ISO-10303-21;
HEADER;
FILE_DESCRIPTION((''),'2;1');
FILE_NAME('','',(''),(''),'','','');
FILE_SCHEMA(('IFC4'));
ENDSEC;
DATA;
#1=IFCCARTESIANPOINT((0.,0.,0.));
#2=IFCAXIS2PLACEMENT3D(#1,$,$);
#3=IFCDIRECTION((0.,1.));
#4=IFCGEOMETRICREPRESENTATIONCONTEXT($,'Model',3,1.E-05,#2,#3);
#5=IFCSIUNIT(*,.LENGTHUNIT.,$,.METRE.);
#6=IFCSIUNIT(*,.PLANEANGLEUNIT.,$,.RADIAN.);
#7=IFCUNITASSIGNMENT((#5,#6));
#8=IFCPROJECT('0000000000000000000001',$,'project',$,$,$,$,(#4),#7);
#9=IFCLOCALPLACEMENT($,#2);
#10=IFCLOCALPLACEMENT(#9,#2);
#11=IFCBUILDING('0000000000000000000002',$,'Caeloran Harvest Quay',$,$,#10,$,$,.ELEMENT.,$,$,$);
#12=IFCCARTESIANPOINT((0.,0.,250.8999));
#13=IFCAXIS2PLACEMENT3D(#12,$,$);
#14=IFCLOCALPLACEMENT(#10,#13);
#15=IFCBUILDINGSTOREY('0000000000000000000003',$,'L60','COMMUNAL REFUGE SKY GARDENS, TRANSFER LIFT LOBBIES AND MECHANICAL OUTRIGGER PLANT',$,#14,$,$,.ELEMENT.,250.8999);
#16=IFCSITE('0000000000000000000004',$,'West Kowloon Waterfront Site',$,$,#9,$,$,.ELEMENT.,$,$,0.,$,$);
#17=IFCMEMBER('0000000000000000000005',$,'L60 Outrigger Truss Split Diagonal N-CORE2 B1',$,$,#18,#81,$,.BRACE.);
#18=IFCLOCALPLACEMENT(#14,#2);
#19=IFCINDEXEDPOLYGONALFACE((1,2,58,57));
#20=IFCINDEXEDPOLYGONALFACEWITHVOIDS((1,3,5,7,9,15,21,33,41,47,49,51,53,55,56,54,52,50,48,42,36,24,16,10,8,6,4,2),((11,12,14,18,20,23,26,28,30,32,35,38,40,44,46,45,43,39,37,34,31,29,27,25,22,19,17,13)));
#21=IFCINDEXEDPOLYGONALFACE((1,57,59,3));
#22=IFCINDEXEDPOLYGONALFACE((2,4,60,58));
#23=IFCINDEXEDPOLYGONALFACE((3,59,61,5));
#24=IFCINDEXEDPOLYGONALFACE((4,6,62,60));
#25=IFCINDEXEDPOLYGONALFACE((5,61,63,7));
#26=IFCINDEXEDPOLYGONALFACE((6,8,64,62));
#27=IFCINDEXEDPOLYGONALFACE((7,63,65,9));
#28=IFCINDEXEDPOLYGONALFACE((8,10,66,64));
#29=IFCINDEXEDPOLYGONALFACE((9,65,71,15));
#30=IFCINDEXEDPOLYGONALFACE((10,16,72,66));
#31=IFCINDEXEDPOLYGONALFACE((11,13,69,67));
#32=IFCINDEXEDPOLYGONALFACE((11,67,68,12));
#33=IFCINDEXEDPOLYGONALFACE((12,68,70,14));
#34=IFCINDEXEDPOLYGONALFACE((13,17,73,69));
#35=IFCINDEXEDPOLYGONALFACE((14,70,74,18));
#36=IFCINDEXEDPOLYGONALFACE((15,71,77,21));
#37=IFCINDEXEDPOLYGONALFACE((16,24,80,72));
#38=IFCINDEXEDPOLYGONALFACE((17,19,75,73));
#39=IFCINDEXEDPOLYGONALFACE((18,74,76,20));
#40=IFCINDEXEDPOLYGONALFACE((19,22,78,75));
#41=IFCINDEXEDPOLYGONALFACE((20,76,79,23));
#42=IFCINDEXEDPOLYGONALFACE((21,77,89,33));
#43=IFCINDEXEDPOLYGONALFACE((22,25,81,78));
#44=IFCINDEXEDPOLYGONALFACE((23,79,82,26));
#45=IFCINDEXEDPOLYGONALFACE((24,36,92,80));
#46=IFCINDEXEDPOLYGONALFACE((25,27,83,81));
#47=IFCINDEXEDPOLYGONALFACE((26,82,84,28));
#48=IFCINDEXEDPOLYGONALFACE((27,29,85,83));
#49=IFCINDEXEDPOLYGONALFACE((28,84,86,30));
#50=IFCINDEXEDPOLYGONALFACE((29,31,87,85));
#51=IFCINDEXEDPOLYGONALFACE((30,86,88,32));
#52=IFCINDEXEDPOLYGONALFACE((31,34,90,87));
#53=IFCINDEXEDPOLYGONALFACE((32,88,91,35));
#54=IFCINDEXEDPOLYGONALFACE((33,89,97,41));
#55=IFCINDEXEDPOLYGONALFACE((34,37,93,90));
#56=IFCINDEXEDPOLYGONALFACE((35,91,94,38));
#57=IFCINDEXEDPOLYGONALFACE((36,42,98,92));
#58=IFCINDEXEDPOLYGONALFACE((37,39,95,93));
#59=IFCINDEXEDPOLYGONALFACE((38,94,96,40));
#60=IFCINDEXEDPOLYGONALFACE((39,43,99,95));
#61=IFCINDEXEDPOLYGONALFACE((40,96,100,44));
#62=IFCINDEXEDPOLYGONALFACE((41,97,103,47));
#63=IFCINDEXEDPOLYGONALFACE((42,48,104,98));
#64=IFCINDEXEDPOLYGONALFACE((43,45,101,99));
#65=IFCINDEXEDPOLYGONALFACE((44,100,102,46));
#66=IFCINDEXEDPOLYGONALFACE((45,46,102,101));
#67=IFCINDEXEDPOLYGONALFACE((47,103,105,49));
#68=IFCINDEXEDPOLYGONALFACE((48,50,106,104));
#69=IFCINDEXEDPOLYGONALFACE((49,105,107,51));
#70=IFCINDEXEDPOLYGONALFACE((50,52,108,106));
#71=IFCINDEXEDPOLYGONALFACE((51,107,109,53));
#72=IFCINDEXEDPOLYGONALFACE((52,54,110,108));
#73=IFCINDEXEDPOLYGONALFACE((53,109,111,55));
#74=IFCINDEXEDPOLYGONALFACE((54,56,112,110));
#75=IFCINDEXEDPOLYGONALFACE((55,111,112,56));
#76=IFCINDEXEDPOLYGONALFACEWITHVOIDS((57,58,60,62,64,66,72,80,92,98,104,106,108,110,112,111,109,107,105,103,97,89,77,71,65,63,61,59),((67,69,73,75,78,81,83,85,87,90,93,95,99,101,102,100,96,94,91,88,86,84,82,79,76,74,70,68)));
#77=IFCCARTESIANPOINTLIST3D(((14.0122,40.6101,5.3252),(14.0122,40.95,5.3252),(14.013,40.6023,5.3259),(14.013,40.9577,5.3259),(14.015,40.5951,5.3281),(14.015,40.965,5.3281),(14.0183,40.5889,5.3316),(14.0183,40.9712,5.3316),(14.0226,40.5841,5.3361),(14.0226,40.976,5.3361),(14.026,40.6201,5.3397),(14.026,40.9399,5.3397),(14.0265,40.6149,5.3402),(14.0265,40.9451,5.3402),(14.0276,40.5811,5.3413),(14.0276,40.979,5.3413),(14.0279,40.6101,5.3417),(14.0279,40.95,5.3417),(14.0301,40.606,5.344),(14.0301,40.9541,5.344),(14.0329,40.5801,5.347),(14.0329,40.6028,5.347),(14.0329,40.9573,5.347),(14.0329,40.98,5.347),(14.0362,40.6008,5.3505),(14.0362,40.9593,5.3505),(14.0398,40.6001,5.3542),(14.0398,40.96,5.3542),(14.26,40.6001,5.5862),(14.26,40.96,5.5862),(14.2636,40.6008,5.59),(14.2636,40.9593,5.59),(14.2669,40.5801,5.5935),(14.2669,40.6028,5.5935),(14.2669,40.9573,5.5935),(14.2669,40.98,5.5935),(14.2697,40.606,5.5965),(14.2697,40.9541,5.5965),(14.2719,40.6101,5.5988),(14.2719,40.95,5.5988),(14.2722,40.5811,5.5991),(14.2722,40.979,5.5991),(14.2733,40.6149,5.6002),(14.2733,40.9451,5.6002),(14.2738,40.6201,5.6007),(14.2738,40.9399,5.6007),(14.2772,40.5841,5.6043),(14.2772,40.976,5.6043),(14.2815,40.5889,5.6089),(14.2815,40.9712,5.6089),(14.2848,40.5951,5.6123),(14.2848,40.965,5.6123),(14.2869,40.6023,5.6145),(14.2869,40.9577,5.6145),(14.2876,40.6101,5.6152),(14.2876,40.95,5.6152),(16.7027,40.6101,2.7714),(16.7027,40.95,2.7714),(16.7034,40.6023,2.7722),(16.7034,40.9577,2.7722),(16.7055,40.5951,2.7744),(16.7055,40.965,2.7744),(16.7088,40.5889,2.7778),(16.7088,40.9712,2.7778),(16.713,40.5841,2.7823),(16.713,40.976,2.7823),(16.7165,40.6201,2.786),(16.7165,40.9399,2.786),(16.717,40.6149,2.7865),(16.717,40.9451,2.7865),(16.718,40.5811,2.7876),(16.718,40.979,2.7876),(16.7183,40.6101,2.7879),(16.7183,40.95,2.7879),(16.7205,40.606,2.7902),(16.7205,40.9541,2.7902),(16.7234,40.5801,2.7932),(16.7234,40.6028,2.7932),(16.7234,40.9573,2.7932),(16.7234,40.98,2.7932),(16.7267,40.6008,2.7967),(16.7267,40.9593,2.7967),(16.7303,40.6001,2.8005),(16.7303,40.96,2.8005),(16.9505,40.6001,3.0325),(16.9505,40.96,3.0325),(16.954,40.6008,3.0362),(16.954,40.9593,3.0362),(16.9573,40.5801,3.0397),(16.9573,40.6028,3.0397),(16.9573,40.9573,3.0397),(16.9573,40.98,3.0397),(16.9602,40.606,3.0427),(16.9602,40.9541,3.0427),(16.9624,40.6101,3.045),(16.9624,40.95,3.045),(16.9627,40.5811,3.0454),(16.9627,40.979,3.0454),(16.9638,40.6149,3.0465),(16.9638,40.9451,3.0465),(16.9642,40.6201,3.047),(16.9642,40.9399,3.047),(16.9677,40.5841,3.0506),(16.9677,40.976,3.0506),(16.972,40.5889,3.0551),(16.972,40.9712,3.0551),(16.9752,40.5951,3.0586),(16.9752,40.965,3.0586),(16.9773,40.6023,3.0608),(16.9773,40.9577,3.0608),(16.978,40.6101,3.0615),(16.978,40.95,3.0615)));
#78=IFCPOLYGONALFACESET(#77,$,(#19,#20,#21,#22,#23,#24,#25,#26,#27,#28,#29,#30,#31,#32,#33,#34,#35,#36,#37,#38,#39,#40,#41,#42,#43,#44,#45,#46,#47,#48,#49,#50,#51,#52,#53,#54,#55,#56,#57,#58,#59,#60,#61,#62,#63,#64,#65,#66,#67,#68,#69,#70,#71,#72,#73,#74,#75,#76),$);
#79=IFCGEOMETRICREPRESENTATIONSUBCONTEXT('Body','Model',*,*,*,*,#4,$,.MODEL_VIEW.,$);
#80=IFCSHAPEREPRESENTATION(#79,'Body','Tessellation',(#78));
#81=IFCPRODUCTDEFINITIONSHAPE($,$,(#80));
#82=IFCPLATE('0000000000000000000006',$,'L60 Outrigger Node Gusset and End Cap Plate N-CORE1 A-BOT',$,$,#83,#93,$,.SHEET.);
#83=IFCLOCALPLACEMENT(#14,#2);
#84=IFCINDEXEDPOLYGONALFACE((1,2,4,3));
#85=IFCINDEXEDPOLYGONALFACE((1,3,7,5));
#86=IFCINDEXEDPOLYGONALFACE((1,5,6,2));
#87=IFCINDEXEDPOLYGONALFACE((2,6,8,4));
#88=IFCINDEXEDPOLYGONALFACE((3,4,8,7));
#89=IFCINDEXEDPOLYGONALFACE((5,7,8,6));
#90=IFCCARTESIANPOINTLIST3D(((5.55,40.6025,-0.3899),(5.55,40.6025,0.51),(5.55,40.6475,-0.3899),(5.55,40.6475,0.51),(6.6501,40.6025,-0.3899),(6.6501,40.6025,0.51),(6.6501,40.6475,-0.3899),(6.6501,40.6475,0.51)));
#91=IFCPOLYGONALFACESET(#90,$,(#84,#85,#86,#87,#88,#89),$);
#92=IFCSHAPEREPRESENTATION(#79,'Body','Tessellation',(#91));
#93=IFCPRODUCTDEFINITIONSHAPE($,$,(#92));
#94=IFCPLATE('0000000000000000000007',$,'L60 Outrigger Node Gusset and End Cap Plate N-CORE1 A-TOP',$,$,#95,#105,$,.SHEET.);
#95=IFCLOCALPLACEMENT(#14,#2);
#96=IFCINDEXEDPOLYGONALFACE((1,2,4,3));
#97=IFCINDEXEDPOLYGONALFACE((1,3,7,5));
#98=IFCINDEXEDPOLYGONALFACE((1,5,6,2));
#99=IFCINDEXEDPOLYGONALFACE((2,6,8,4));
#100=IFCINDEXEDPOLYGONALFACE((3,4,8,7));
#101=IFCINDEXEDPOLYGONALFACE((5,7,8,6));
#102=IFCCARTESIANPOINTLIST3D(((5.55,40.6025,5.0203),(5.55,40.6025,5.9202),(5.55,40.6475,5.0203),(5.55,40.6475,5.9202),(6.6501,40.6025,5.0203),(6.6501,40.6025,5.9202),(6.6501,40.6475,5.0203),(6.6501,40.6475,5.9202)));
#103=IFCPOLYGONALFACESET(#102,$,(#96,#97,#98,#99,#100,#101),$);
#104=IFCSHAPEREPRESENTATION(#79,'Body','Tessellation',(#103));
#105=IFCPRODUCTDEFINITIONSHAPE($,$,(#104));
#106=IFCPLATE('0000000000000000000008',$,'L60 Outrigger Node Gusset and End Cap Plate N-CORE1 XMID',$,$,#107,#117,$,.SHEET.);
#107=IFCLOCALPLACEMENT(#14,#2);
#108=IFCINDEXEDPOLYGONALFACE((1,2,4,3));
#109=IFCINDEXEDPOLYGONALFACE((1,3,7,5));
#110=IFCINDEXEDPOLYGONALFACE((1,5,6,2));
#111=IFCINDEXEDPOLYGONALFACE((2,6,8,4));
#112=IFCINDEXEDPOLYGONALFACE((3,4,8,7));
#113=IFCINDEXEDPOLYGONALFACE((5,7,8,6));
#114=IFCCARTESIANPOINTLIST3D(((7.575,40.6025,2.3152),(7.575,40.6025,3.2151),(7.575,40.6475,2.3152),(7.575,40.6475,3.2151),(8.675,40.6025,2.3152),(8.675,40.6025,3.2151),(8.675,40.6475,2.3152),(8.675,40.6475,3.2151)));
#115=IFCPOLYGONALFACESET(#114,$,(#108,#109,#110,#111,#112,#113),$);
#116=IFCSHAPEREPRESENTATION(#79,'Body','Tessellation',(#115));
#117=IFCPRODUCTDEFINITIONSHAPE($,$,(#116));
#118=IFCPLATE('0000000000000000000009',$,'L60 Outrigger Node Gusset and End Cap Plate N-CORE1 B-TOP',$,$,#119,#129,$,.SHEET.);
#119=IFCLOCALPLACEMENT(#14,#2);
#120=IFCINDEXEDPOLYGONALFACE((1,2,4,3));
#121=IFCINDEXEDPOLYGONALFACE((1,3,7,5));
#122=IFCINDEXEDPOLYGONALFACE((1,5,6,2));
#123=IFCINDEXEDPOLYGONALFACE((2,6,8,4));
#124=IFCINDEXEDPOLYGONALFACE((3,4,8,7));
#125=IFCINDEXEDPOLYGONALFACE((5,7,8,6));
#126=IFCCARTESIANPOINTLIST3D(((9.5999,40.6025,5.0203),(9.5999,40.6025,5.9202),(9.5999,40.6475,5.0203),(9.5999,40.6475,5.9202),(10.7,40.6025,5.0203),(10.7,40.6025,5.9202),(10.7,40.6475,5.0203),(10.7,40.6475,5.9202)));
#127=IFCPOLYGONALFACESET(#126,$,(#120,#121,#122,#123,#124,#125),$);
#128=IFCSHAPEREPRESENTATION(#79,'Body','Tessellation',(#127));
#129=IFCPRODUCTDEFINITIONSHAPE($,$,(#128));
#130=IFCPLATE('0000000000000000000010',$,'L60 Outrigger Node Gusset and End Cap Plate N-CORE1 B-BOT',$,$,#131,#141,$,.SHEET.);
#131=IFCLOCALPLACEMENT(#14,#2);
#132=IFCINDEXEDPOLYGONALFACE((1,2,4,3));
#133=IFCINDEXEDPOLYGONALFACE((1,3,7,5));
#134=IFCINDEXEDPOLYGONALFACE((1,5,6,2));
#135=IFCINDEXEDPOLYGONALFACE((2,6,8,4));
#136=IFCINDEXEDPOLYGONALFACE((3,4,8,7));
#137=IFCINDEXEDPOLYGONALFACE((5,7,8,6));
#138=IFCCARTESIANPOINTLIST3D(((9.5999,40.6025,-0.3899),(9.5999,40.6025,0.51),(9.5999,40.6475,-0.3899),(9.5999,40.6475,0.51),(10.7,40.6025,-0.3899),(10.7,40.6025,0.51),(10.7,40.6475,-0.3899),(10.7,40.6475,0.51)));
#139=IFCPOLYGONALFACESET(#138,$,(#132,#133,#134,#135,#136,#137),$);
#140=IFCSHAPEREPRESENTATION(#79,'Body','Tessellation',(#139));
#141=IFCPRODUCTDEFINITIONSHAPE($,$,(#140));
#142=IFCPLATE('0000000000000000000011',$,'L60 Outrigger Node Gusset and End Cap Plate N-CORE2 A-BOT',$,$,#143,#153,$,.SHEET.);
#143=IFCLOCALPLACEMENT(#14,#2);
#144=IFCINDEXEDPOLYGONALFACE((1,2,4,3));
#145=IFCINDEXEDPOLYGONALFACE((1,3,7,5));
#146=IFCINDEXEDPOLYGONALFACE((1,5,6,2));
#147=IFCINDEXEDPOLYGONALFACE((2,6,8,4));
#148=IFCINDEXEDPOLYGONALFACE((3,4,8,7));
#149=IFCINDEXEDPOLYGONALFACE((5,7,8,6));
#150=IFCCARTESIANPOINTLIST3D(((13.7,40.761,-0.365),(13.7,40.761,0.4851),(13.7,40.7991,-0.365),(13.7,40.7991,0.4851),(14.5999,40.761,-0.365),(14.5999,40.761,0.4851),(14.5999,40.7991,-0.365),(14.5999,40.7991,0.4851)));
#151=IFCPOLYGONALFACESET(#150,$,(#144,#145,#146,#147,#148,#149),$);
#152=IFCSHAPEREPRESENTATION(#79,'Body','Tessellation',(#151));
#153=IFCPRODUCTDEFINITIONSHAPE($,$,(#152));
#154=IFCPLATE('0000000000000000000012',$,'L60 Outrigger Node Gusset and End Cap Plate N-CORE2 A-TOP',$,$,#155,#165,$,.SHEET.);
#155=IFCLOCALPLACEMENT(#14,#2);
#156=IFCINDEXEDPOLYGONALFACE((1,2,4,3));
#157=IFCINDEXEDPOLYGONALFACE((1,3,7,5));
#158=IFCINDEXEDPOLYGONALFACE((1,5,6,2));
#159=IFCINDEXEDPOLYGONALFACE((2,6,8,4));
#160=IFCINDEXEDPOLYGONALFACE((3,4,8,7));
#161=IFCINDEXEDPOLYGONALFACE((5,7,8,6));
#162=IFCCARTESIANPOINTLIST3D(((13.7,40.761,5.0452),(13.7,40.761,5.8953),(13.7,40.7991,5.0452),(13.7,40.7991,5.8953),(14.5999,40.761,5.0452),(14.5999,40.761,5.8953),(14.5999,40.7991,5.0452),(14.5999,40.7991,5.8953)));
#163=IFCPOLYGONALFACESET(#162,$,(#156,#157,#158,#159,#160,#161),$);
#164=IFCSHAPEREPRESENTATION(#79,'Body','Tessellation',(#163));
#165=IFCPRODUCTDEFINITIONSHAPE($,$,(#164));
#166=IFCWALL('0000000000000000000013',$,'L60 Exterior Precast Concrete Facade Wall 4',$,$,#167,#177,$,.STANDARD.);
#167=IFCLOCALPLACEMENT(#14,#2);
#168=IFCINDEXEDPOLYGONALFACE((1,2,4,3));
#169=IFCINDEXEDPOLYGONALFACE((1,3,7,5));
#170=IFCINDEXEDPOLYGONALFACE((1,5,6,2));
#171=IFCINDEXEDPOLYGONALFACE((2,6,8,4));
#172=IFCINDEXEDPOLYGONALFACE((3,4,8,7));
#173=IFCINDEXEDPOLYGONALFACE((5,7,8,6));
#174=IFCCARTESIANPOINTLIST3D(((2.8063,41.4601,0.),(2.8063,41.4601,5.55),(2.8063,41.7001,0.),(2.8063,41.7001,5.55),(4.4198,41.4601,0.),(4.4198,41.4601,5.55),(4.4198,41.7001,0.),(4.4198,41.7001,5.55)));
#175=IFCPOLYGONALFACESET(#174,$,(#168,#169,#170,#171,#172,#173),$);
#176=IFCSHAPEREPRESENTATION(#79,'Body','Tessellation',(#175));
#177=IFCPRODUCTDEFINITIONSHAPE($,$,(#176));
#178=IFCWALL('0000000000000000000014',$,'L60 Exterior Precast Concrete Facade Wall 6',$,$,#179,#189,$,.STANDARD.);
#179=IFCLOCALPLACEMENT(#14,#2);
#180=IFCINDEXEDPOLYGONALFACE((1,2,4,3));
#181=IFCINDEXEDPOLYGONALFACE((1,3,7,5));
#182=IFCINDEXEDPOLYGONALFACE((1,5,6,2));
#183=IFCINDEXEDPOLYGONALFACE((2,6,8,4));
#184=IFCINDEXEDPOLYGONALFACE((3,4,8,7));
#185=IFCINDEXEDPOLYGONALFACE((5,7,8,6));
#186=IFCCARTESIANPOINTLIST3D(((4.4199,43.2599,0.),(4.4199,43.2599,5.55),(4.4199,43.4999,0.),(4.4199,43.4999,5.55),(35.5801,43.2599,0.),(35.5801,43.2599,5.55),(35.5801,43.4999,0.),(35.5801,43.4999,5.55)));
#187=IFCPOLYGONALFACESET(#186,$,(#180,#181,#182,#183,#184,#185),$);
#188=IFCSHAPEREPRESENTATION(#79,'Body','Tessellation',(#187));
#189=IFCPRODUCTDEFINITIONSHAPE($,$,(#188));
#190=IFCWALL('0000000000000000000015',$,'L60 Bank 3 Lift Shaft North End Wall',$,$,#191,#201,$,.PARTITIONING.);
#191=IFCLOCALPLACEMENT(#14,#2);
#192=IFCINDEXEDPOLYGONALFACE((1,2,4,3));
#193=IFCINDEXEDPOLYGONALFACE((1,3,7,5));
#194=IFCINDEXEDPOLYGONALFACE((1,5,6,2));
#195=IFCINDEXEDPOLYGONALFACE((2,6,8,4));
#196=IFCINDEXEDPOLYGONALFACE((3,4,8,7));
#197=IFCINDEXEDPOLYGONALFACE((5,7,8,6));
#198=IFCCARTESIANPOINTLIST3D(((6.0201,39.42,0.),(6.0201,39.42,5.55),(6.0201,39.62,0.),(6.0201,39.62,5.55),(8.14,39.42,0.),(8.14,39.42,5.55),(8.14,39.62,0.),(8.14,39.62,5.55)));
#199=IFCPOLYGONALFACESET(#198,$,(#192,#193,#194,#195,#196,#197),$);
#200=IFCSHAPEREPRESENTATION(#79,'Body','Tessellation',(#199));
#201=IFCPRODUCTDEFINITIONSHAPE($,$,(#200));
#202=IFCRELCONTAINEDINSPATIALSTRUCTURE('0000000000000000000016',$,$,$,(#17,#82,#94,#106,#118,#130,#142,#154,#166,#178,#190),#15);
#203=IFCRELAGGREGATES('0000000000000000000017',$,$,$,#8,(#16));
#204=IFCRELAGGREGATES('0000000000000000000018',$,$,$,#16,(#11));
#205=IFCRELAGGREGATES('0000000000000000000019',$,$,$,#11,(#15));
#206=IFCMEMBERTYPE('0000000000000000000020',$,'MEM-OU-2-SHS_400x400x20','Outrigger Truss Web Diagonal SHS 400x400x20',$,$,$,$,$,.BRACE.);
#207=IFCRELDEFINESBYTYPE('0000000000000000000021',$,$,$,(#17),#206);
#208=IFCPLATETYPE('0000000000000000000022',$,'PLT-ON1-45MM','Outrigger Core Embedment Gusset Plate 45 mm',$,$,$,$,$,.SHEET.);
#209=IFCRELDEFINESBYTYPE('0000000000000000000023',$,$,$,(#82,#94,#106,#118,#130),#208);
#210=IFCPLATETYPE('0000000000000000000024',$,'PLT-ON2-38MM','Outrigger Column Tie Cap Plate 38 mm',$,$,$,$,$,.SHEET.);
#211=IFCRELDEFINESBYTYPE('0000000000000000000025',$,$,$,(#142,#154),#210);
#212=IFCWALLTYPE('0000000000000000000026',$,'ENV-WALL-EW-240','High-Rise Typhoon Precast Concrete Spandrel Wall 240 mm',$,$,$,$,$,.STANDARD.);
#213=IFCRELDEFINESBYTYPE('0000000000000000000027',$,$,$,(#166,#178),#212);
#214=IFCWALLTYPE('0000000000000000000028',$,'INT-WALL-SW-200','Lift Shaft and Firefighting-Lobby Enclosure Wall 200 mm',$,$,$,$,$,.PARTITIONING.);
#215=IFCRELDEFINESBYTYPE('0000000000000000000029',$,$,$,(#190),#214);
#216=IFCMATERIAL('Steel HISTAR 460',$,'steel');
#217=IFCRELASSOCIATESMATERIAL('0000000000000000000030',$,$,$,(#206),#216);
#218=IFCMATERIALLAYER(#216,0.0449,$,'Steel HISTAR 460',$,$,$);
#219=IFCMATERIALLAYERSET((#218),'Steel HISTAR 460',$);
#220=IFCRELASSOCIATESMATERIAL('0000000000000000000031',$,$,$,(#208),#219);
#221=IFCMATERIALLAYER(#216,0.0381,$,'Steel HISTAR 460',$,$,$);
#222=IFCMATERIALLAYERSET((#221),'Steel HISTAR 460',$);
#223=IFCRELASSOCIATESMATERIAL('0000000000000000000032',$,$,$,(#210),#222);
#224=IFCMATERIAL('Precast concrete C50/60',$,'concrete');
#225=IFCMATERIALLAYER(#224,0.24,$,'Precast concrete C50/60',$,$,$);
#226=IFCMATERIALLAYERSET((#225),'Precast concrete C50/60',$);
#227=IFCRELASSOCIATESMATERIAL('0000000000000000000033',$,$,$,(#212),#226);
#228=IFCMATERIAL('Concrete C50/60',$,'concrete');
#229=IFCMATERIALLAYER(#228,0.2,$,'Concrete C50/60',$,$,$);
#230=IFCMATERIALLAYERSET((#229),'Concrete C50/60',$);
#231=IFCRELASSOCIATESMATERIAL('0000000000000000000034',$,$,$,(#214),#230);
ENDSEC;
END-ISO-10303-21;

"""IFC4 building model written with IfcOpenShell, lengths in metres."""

from ifc_helpers import new_model, si_unit, direction, frame, frame_2d, origin, origin_2d, place, context, subcontext, project, spatial, rectangle, hollow_rectangle, extrude, material, layer, layer_set, material_profile, profile_set, type_object, element, save


model = new_model("IFC4")

# Units and contexts
model_context = context("Model", 3, precision=1e-05, world=origin(), true_north=direction((0.0, 1.0)))
body_context = subcontext(model_context, "Body", "Model", "MODEL_VIEW")
ifc_project = project(units=[si_unit("LENGTHUNIT", "METRE"), si_unit("PLANEANGLEUNIT", "RADIAN")], contexts=[model_context])

# Site, building, storey
site_placement = place(None, origin())
site = spatial("IfcSite", under=ifc_project, at=site_placement, Name="West Kowloon Waterfront Site", CompositionType="ELEMENT", RefElevation=0.0)
building_placement = place(site_placement, origin())
building = spatial("IfcBuilding", under=site, at=building_placement, Name="Caeloran Harvest Quay", CompositionType="ELEMENT")
storey_placement = place(building_placement, frame((0.0, 0.0, 250.8999)))
storey = spatial("IfcBuildingStorey", under=building, at=storey_placement, Name="L60", Description="COMMUNAL REFUGE SKY GARDENS, TRANSFER LIFT LOBBIES AND MECHANICAL OUTRIGGER PLANT", CompositionType="ELEMENT", Elevation=250.8999)

# Member
ifc_material_1 = material(Name="Steel HISTAR 460", Category="steel")
ifc_material_profile_1 = material_profile(ifc_material_1, hollow_rectangle(XDim=0.3999, YDim=0.3999, WallThickness=0.02, InnerFilletRadius=0.02, OuterFilletRadius=0.03, at=origin_2d()), Name="SHS 400x400x20")
ifc_profile_set_1 = profile_set([ifc_material_profile_1], Name="Steel HISTAR 460")
member_type_1 = type_object("IfcMemberType", Name="MEM-OU-2-SHS_400x400x20", Description="Outrigger Truss Web Diagonal SHS 400x400x20", PredefinedType="BRACE", material=ifc_profile_set_1)
member_1_placement = place(storey_placement, frame((14.1499, 40.78, 5.4702), z_axis=(0.725295, 0.0, -0.688438), x_axis=(0.0, 1.0, 0.0)))
element("IfcMember", 1, at=member_1_placement, inside=storey, type_object=member_type_1, Name="L60 Outrigger Truss Split Diagonal N-CORE2 B1", PredefinedType="BRACE", context=body_context, shape_type="SweptSolid", body=[
    extrude(hollow_rectangle(XDim=0.3999, YDim=0.3999, WallThickness=0.02, InnerFilletRadius=0.02, OuterFilletRadius=0.03, at=origin_2d()), origin(), (0.0, 0.0, 1.0), 3.7095),
])

# Plates
ifc_layer_1 = layer(ifc_material_1, 0.0449, Name="Steel HISTAR 460")
ifc_layer_set_1 = layer_set([ifc_layer_1], Name="Steel HISTAR 460")
plate_type_1 = type_object("IfcPlateType", Name="PLT-ON1-45MM", Description="Outrigger Core Embedment Gusset Plate 45 mm", PredefinedType="SHEET", material=ifc_layer_set_1)
for number, where, z_axis, x_axis, name in (
    (2, (6.1001, 40.625, -0.3899), (0.0, 0.0, 1.0), (1.0, 0.0, 0.0), "L60 Outrigger Node Gusset and End Cap Plate N-CORE1 A-BOT"),
    (3, (6.1001, 40.625, 5.0203), (0.0, 0.0, 1.0), (1.0, 0.0, 0.0), "L60 Outrigger Node Gusset and End Cap Plate N-CORE1 A-TOP"),
    (4, (8.125, 40.625, 2.3152), (0.0, 0.0, 1.0), (1.0, 0.0, 0.0), "L60 Outrigger Node Gusset and End Cap Plate N-CORE1 XMID"),
    (5, (10.1499, 40.625, 5.0203), (0.0, 0.0, 1.0), (1.0, 0.0, 0.0), "L60 Outrigger Node Gusset and End Cap Plate N-CORE1 B-TOP"),
    (6, (10.1499, 40.625, -0.3899), (0.0, 0.0, 1.0), (1.0, 0.0, 0.0), "L60 Outrigger Node Gusset and End Cap Plate N-CORE1 B-BOT"),
):
    element("IfcPlate", number, at=place(storey_placement, frame(where, z_axis=z_axis, x_axis=x_axis)), inside=storey, type_object=plate_type_1, Name=name, PredefinedType="SHEET", context=body_context, shape_type="SweptSolid", body=[
        extrude(rectangle(XDim=1.1001, YDim=0.0449, at=origin_2d()), origin(), (0.0, 0.0, 1.0), 0.8999),
    ])
ifc_layer_2 = layer(ifc_material_1, 0.0381, Name="Steel HISTAR 460")
ifc_layer_set_2 = layer_set([ifc_layer_2], Name="Steel HISTAR 460")
plate_type_2 = type_object("IfcPlateType", Name="PLT-ON2-38MM", Description="Outrigger Column Tie Cap Plate 38 mm", PredefinedType="SHEET", material=ifc_layer_set_2)
for number, where, z_axis, x_axis, name in (
    (7, (14.1499, 40.78, -0.365), (0.0, 0.0, 1.0), (1.0, 0.0, 0.0), "L60 Outrigger Node Gusset and End Cap Plate N-CORE2 A-BOT"),
    (8, (14.1499, 40.78, 5.0452), (0.0, 0.0, 1.0), (1.0, 0.0, 0.0), "L60 Outrigger Node Gusset and End Cap Plate N-CORE2 A-TOP"),
):
    element("IfcPlate", number, at=place(storey_placement, frame(where, z_axis=z_axis, x_axis=x_axis)), inside=storey, type_object=plate_type_2, Name=name, PredefinedType="SHEET", context=body_context, shape_type="SweptSolid", body=[
        extrude(rectangle(XDim=0.8999, YDim=0.0381, at=origin_2d()), origin(), (0.0, 0.0, 1.0), 0.8501),
    ])

# Walls
ifc_material_2 = material(Name="Precast concrete C50/60", Category="concrete")
ifc_layer_3 = layer(ifc_material_2, 0.24, Name="Precast concrete C50/60")
ifc_layer_set_3 = layer_set([ifc_layer_3], Name="Precast concrete C50/60")
wall_type_1 = type_object("IfcWallType", Name="ENV-WALL-EW-240", Description="High-Rise Typhoon Precast Concrete Spandrel Wall 240 mm", PredefinedType="STANDARD", material=ifc_layer_set_3)
wall_1_placement = place(storey_placement, frame((2.8064, 41.5801, 0.0), z_axis=(0.0, 0.0, 1.0), x_axis=(1.0, 0.0, 0.0)))
element("IfcWall", 9, at=wall_1_placement, inside=storey, type_object=wall_type_1, Name="L60 Exterior Precast Concrete Facade Wall 4", PredefinedType="STANDARD", context=body_context, shape_type="SweptSolid", body=[
    extrude(rectangle(XDim=1.6135, YDim=0.24, at=frame_2d((0.8066, 0.0))), origin(), (0.0, 0.0, 1.0), 5.55),
])
wall_2_placement = place(storey_placement, frame((4.4199, 43.3799, 0.0), z_axis=(0.0, 0.0, 1.0), x_axis=(1.0, 0.0, 0.0)))
element("IfcWall", 10, at=wall_2_placement, inside=storey, type_object=wall_type_1, Name="L60 Exterior Precast Concrete Facade Wall 6", PredefinedType="STANDARD", context=body_context, shape_type="SweptSolid", body=[
    extrude(rectangle(XDim=31.1602, YDim=0.24, at=frame_2d((15.5801, 0.0))), origin(), (0.0, 0.0, 1.0), 5.55),
])
ifc_material_3 = material(Name="Concrete C50/60", Category="concrete")
ifc_layer_4 = layer(ifc_material_3, 0.2, Name="Concrete C50/60")
ifc_layer_set_4 = layer_set([ifc_layer_4], Name="Concrete C50/60")
wall_type_2 = type_object("IfcWallType", Name="INT-WALL-SW-200", Description="Lift Shaft and Firefighting-Lobby Enclosure Wall 200 mm", PredefinedType="PARTITIONING", material=ifc_layer_set_4)
wall_3_placement = place(storey_placement, frame((6.02, 39.52, 0.0), z_axis=(0.0, 0.0, 1.0), x_axis=(1.0, 0.0, 0.0)))
element("IfcWall", 11, at=wall_3_placement, inside=storey, type_object=wall_type_2, Name="L60 Bank 3 Lift Shaft North End Wall", PredefinedType="PARTITIONING", context=body_context, shape_type="SweptSolid", body=[
    extrude(rectangle(XDim=2.1199, YDim=0.2, at=frame_2d((1.0601, 0.0))), origin(), (0.0, 0.0, 1.0), 5.55),
])

save(model, "model.ifc")
